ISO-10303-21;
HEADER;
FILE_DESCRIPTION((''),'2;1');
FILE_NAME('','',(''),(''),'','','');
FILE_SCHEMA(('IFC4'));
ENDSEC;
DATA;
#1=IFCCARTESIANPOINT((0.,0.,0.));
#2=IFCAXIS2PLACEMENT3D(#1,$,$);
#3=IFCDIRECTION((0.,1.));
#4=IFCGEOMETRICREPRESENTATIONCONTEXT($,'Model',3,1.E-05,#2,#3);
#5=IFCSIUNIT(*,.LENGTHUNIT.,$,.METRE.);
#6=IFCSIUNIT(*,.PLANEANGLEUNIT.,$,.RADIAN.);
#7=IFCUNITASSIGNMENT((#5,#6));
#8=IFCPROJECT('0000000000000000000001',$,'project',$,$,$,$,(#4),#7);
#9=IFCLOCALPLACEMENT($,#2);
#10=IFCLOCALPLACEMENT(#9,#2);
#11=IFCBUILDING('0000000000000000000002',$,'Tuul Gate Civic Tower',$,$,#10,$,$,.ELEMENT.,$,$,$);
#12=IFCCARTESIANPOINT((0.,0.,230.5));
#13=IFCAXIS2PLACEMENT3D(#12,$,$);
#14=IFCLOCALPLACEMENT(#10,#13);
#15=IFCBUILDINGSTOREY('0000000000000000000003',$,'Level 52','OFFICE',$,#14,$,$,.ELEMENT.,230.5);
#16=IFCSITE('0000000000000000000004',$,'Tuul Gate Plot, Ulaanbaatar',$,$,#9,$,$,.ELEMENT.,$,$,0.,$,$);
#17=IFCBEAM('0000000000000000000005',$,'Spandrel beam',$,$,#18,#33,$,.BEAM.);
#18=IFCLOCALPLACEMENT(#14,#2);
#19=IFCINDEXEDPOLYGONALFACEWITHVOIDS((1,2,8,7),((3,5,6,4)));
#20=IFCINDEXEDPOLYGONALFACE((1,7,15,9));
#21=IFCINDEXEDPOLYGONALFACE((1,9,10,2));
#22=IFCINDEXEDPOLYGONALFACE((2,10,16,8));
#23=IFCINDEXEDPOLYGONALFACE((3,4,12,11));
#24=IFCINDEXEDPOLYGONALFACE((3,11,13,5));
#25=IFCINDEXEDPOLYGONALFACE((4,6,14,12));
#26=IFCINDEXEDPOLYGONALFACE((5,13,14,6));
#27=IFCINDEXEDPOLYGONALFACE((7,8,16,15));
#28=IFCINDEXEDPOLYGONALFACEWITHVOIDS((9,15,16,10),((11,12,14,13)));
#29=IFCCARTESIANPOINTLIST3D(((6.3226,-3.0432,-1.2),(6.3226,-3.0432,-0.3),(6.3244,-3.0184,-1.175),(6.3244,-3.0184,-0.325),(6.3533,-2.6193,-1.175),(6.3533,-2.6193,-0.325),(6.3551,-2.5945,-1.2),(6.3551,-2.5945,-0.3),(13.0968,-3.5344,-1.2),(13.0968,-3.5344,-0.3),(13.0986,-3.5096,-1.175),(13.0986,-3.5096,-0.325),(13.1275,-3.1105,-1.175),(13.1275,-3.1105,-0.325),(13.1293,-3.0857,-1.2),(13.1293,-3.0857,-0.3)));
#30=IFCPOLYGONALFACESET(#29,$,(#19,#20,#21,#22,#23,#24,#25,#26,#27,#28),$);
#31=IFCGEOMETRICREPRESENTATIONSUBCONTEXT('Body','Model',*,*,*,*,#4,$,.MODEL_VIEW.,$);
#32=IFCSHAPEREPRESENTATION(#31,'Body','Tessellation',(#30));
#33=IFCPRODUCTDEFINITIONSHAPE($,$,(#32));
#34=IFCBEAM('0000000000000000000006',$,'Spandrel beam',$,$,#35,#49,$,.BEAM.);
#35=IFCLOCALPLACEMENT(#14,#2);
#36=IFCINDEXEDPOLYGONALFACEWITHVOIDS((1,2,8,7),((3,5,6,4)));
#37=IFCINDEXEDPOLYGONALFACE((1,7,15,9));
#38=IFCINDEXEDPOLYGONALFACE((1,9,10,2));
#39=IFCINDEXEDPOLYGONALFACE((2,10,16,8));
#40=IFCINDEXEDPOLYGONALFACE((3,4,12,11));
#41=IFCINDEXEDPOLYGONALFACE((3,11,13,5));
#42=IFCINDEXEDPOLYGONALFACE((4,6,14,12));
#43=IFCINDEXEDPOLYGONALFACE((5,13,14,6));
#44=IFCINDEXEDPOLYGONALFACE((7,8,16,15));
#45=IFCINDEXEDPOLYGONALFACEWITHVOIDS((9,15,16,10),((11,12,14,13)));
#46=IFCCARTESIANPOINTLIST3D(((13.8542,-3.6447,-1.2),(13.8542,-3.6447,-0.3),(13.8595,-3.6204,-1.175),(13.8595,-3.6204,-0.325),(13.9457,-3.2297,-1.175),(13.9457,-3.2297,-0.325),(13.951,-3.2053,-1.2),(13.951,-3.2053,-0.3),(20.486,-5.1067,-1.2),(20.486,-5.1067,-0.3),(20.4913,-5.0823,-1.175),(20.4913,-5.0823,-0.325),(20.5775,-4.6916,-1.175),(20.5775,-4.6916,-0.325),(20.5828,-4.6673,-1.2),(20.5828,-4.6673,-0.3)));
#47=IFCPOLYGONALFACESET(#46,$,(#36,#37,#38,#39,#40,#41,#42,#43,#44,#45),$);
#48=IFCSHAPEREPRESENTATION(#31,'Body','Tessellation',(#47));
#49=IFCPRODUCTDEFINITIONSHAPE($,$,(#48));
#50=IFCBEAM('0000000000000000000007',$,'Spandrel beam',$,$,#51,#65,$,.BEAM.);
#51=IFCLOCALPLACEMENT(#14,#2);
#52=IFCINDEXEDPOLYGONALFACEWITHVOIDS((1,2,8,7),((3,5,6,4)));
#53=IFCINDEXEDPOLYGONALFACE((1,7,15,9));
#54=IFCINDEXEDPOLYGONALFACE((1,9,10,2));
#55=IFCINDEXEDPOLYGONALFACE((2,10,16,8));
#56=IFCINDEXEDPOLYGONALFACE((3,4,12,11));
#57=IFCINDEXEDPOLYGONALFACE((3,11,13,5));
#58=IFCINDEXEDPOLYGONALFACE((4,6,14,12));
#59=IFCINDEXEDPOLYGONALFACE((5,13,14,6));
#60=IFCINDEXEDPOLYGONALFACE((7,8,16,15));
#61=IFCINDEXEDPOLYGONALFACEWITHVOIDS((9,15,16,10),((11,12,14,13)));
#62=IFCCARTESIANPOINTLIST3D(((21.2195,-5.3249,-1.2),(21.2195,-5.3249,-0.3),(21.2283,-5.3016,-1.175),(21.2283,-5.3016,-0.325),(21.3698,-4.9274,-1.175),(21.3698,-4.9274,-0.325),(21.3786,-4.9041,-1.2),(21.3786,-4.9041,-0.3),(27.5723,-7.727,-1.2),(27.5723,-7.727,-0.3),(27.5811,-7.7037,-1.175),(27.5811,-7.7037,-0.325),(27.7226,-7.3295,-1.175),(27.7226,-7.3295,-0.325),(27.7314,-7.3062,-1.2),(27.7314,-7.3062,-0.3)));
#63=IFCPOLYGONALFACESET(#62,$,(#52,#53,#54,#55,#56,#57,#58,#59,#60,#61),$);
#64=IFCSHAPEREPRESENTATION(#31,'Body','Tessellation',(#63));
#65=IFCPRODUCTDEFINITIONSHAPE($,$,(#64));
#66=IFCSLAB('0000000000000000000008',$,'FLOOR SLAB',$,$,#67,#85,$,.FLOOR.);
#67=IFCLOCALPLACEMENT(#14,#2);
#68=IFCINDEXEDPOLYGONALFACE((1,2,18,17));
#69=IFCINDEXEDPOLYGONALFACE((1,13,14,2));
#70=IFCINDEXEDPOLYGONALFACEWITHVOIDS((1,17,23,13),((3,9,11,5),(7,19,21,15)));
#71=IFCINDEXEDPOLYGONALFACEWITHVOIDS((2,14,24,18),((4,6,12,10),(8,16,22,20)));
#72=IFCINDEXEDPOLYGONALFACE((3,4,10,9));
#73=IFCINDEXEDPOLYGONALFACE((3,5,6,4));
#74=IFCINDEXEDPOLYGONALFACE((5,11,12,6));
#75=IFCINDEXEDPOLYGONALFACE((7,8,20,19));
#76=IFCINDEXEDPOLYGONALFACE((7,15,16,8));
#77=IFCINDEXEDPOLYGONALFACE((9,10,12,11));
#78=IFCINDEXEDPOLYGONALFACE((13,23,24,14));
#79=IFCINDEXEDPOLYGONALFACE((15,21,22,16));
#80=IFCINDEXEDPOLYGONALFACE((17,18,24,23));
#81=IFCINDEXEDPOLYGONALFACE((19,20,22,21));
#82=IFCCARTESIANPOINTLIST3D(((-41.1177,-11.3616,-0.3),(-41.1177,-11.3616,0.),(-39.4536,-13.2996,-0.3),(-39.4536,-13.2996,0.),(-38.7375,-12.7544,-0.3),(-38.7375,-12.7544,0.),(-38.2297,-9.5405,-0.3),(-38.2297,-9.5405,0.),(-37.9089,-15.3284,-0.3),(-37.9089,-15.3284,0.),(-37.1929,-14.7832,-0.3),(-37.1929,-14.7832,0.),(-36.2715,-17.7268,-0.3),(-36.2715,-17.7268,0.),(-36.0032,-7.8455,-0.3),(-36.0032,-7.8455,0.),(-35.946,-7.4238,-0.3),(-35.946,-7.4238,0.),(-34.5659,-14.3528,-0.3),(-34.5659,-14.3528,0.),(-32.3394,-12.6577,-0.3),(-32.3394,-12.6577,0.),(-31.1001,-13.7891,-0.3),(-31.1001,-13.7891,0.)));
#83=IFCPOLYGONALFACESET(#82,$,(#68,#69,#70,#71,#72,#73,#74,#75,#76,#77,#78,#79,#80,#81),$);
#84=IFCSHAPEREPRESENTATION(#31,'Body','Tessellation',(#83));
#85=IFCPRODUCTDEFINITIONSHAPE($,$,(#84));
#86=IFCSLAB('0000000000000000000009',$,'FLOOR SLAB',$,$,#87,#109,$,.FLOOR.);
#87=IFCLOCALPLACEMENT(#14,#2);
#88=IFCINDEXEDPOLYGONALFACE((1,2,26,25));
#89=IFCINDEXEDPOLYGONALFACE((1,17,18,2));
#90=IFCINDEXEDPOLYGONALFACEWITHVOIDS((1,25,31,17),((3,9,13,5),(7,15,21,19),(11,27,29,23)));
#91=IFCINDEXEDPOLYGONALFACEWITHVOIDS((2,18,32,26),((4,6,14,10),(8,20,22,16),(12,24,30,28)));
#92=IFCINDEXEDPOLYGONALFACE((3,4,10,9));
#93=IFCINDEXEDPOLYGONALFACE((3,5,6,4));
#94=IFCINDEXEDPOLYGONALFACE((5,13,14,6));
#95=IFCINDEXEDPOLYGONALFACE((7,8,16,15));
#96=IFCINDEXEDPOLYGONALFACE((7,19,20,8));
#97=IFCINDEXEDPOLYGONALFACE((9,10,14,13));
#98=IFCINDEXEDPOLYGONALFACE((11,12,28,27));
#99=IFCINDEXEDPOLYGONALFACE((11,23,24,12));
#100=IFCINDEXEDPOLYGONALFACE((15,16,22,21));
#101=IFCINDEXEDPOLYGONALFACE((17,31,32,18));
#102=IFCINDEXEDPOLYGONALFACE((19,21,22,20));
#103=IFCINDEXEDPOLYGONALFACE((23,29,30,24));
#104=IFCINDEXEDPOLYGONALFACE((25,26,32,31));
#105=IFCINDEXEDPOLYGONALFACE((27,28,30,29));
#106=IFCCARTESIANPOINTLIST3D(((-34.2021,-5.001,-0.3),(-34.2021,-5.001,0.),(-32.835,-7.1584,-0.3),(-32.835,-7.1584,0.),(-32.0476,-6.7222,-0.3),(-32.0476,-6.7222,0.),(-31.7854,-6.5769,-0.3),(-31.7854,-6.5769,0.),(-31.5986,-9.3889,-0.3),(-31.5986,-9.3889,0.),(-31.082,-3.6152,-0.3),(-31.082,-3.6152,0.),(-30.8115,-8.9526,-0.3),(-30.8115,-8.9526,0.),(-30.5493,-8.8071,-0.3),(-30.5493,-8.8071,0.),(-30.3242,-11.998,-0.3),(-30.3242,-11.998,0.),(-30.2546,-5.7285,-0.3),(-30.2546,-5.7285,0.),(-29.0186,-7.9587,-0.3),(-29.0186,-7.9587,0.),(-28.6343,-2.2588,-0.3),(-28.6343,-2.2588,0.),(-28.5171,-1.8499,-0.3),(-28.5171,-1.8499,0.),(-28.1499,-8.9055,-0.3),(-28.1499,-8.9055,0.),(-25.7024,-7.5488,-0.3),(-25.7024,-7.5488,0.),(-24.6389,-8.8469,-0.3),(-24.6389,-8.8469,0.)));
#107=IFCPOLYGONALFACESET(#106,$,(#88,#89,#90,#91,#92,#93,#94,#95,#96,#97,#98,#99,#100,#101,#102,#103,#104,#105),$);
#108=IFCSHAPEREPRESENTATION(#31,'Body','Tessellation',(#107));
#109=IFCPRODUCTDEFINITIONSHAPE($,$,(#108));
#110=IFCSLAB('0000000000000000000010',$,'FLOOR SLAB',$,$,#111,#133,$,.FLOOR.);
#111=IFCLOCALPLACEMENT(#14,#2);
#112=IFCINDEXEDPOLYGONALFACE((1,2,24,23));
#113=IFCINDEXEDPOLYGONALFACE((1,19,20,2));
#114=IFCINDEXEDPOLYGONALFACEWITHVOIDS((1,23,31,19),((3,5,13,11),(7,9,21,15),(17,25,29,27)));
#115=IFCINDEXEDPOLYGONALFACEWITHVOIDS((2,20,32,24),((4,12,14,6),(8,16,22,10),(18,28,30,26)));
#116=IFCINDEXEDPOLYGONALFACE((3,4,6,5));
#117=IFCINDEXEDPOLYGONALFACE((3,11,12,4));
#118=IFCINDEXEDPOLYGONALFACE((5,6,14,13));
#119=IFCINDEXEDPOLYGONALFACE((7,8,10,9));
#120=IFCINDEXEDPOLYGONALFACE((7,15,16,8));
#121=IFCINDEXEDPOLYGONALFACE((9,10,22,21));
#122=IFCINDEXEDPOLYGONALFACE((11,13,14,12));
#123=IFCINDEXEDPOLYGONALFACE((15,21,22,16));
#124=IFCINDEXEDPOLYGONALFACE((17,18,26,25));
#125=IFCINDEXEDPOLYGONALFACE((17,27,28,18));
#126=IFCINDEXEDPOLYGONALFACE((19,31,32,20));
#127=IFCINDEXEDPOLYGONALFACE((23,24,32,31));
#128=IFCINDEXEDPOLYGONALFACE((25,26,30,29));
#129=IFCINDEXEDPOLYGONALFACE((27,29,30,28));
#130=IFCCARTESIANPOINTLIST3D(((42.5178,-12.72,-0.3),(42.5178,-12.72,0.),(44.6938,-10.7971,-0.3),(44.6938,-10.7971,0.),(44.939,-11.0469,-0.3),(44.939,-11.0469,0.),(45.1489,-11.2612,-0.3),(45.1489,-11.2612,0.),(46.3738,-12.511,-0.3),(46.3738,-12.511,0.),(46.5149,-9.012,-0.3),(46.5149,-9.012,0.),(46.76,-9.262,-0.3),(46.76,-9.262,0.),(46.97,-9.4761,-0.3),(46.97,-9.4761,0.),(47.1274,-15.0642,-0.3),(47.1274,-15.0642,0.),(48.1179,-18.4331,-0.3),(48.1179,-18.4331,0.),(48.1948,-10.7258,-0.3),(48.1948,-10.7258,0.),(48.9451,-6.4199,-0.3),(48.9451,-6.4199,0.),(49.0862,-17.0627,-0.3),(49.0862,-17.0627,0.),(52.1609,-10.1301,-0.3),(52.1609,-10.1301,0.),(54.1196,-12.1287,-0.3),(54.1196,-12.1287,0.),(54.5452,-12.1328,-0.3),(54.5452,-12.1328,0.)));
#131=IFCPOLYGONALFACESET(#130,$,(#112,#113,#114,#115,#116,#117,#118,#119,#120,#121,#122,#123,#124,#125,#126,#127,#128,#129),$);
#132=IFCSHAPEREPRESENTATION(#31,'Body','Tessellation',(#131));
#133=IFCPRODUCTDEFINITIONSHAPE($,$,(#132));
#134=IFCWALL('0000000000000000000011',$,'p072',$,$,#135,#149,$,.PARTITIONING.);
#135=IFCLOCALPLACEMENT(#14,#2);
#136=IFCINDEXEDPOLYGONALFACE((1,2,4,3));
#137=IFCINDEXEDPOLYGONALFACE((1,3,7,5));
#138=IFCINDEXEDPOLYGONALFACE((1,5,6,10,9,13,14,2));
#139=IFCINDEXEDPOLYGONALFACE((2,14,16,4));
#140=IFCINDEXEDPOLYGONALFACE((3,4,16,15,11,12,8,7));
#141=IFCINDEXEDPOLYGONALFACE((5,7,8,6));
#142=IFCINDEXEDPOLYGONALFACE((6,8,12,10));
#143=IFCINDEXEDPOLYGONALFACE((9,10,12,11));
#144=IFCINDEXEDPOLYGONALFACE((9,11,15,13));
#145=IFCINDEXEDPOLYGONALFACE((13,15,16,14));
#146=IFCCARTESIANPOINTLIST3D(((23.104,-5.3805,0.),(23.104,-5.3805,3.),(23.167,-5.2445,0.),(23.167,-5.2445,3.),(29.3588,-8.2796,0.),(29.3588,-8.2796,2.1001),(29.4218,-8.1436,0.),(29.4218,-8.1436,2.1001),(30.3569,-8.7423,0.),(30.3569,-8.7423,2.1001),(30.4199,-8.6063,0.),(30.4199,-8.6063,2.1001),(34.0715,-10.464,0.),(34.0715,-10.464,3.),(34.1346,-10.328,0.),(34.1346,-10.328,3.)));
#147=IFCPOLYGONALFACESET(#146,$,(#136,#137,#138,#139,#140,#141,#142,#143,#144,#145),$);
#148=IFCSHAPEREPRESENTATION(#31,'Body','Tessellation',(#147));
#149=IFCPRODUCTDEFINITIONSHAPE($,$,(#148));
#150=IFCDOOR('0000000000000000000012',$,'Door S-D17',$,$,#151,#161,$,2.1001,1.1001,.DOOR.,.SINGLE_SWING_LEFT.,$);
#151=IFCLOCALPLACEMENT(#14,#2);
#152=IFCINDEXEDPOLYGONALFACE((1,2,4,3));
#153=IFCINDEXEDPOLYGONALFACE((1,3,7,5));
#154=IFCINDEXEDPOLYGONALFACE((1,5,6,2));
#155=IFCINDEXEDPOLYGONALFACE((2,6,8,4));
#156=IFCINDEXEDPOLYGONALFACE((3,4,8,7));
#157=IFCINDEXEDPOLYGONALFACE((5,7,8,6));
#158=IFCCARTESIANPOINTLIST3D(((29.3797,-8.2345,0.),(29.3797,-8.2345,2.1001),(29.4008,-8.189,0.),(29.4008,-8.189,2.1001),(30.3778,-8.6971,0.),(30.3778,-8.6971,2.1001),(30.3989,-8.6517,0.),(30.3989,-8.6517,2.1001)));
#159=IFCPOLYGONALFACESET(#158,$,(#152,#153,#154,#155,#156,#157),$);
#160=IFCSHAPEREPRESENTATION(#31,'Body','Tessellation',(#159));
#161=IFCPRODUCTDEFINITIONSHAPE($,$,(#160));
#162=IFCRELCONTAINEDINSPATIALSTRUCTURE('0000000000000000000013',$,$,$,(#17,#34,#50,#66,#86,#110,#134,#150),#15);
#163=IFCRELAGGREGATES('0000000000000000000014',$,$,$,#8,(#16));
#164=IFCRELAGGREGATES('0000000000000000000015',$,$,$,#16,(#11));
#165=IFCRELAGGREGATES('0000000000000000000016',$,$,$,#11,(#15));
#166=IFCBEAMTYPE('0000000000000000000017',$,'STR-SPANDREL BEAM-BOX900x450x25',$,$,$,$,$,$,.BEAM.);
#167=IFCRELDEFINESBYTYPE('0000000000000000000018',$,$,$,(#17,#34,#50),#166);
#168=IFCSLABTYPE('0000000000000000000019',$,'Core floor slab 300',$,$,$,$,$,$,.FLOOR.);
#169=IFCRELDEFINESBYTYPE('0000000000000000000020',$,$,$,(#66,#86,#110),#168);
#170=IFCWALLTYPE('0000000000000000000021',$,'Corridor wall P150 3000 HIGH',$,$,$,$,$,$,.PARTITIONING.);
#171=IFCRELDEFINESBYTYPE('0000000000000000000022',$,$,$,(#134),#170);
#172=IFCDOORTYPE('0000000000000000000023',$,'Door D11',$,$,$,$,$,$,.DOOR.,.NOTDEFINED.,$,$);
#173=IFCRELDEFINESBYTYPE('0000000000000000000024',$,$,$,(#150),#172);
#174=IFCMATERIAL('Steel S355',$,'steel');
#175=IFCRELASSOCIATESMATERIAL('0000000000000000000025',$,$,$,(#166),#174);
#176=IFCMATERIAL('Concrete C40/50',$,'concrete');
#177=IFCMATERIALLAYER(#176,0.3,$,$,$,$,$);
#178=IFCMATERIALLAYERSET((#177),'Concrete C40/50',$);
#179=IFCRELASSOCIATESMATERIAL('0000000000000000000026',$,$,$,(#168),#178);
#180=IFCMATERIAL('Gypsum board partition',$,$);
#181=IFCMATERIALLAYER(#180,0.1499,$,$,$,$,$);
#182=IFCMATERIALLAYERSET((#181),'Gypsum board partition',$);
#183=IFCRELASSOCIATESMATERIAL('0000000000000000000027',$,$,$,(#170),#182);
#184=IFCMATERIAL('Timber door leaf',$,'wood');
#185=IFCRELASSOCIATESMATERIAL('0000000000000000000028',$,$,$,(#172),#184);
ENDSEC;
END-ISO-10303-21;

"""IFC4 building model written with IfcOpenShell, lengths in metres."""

from ifc_helpers import new_model, si_unit, direction, frame, frame_2d, origin, origin_2d, place, context, subcontext, project, spatial, polyline, rectangle, hollow_rectangle, outline, extrude, material, layer, layer_set, material_profile, profile_set, type_object, element, fill, save


model = new_model("IFC4")

# Units and contexts
model_context = context("Model", 3, precision=1e-05, world=origin(), true_north=direction((0.0, 1.0)))
body_context = subcontext(model_context, "Body", "Model", "MODEL_VIEW")
ifc_project = project(units=[si_unit("LENGTHUNIT", "METRE"), si_unit("PLANEANGLEUNIT", "RADIAN")], contexts=[model_context])

# Site, building, storey
site_placement = place(None, origin())
site = spatial("IfcSite", under=ifc_project, at=site_placement, Name="Tuul Gate Plot, Ulaanbaatar", CompositionType="ELEMENT", RefElevation=0.0)
building_placement = place(site_placement, origin())
building = spatial("IfcBuilding", under=site, at=building_placement, Name="Tuul Gate Civic Tower", CompositionType="ELEMENT")
storey_placement = place(building_placement, frame((0.0, 0.0, 230.5)))
storey = spatial("IfcBuildingStorey", under=building, at=storey_placement, Name="Level 52", Description="OFFICE", CompositionType="ELEMENT", Elevation=230.5)

# Beams
ifc_material_1 = material(Name="Steel S355", Category="steel")
ifc_material_profile_1 = material_profile(ifc_material_1, hollow_rectangle(XDim=0.45, YDim=0.8999, WallThickness=0.0249, at=origin_2d()), Name="BOX900x450x25")
ifc_profile_set_1 = profile_set([ifc_material_profile_1], Name="Steel S355")
beam_type_1 = type_object("IfcBeamType", Name="STR-SPANDREL BEAM-BOX900x450x25", PredefinedType="BEAM", material=ifc_profile_set_1)
beam_1_placement = place(storey_placement, frame((6.3389, -2.8188, -0.75), z_axis=(0.997381, -0.072322, 0.0), x_axis=(0.072322, 0.997381, 0.0)))
element("IfcBeam", 1, at=beam_1_placement, inside=storey, type_object=beam_type_1, Name="Spandrel beam", PredefinedType="BEAM", context=body_context, shape_type="SweptSolid", body=[
    extrude(hollow_rectangle(XDim=0.45, YDim=0.8999, WallThickness=0.0249, at=origin_2d()), origin(), (0.0, 0.0, 1.0), 6.792),
])
beam_2_placement = place(storey_placement, frame((13.9026, -3.425, -0.75), z_axis=(0.976554, -0.215271, 0.0), x_axis=(0.215271, 0.976554, 0.0)))
element("IfcBeam", 2, at=beam_2_placement, inside=storey, type_object=beam_type_1, Name="Spandrel beam", PredefinedType="BEAM", context=body_context, shape_type="SweptSolid", body=[
    extrude(hollow_rectangle(XDim=0.45, YDim=0.8999, WallThickness=0.0249, at=origin_2d()), origin(), (0.0, 0.0, 1.0), 6.791),
])
beam_3_placement = place(storey_placement, frame((21.2991, -5.1145, -0.75), z_axis=(0.935367, -0.353679, 0.0), x_axis=(0.353679, 0.935367, 0.0)))
element("IfcBeam", 3, at=beam_3_placement, inside=storey, type_object=beam_type_1, Name="Spandrel beam", PredefinedType="BEAM", context=body_context, shape_type="SweptSolid", body=[
    extrude(hollow_rectangle(XDim=0.45, YDim=0.8999, WallThickness=0.0249, at=origin_2d()), origin(), (0.0, 0.0, 1.0), 6.7917),
])

# Slabs
ifc_material_2 = material(Name="Concrete C40/50", Category="concrete")
ifc_layer_1 = layer(ifc_material_2, 0.3)
ifc_layer_set_1 = layer_set([ifc_layer_1], Name="Concrete C40/50")
slab_type = type_object("IfcSlabType", Name="Core floor slab 300", PredefinedType="FLOOR", material=ifc_layer_set_1)
slab_1_placement = place(storey_placement, frame((0.0, 0.0, -0.3)))
element("IfcSlab", 4, at=slab_1_placement, inside=storey, type_object=slab_type, Name="FLOOR SLAB", PredefinedType="FLOOR", context=body_context, shape_type="SweptSolid", body=[
    extrude(outline(polyline([(-31.1001, -13.7891), (-35.946, -7.4238), (-41.1177, -11.3616), (-36.2715, -17.7268), (-31.1001, -13.7891)]), holes=[polyline([(-37.1929, -14.7832), (-38.7375, -12.7544), (-39.4536, -13.2996), (-37.9089, -15.3284), (-37.1929, -14.7832)]), polyline([(-32.3394, -12.6577), (-34.5659, -14.3528), (-38.2297, -9.5405), (-36.0032, -7.8455), (-32.3394, -12.6577)])]), origin(), (0.0, 0.0, 1.0), 0.3),
])
slab_2_placement = place(storey_placement, frame((0.0, 0.0, -0.3)))
element("IfcSlab", 5, at=slab_2_placement, inside=storey, type_object=slab_type, Name="FLOOR SLAB", PredefinedType="FLOOR", context=body_context, shape_type="SweptSolid", body=[
    extrude(outline(polyline([(-24.6389, -8.8469), (-28.5171, -1.8499), (-34.2021, -5.001), (-30.3242, -11.998), (-24.6389, -8.8469)]), holes=[polyline([(-29.0186, -7.9587), (-30.2546, -5.7285), (-31.7854, -6.5769), (-30.5493, -8.8071), (-29.0186, -7.9587)]), polyline([(-30.8115, -8.9526), (-32.0476, -6.7222), (-32.835, -7.1584), (-31.5986, -9.3889), (-30.8115, -8.9526)]), polyline([(-25.7024, -7.5488), (-28.1499, -8.9055), (-31.082, -3.6152), (-28.6343, -2.2588), (-25.7024, -7.5488)])]), origin(), (0.0, 0.0, 1.0), 0.3),
])
slab_3_placement = place(storey_placement, frame((0.0, 0.0, -0.3)))
element("IfcSlab", 6, at=slab_3_placement, inside=storey, type_object=slab_type, Name="FLOOR SLAB", PredefinedType="FLOOR", context=body_context, shape_type="SweptSolid", body=[
    extrude(outline(polyline([(48.1179, -18.4331), (54.5452, -12.1328), (48.9451, -6.4199), (42.5178, -12.72), (48.1179, -18.4331)]), holes=[polyline([(46.3738, -12.511), (48.1948, -10.7258), (46.97, -9.4761), (45.1489, -11.2612), (46.3738, -12.511)]), polyline([(44.939, -11.0469), (46.76, -9.262), (46.5149, -9.012), (44.6938, -10.7971), (44.939, -11.0469)]), polyline([(49.0862, -17.0627), (47.1274, -15.0642), (52.1609, -10.1301), (54.1196, -12.1287), (49.0862, -17.0627)])]), origin(), (0.0, 0.0, 1.0), 0.3),
])

# Wall, opening, door
ifc_material_3 = material(Name="Gypsum board partition")
ifc_layer_2 = layer(ifc_material_3, 0.1499)
ifc_layer_set_2 = layer_set([ifc_layer_2], Name="Gypsum board partition")
wall_type_1 = type_object("IfcWallType", Name="Corridor wall P150 3000 HIGH", PredefinedType="PARTITIONING", material=ifc_layer_set_2)
wall_1_placement = place(storey_placement, frame((23.1355, -5.3125, 0.0), z_axis=(0.0, 0.0, 1.0), x_axis=(0.90728, -0.420528, 0.0)))
wall_1 = element("IfcWall", 7, at=wall_1_placement, inside=storey, type_object=wall_type_1, Name="p072", PredefinedType="PARTITIONING", context=body_context, shape_type="SweptSolid", body=[
    extrude(rectangle(XDim=12.0884, YDim=0.1499, at=frame_2d((6.0442, 0.0))), origin(), (0.0, 0.0, 1.0), 3.0),
])
opening_1_placement = place(wall_1_placement, frame((6.894, 0.0, 0.0)))
opening_1 = element("IfcOpeningElement", 8, at=opening_1_placement, cuts=wall_1, PredefinedType="OPENING", context=body_context, shape_type="SweptSolid", body=[
    extrude(rectangle(XDim=1.1001, YDim=2.1001, at=frame_2d((0.55, 1.05))), frame((0.0, 0.085, 0.0), z_axis=(0.0, -1.0, 0.0), x_axis=(1.0, 0.0, 0.0)), (0.0, 0.0, 1.0), 0.1699),
])
ifc_material_4 = material(Name="Timber door leaf", Category="wood")
door_type = type_object("IfcDoorType", Name="Door D11", OperationType="NOTDEFINED", PredefinedType="DOOR", material=ifc_material_4)
door_placement = place(opening_1_placement, origin())
door = element("IfcDoor", 9, at=door_placement, inside=storey, type_object=door_type, Name="Door S-D17", OperationType="SINGLE_SWING_LEFT", OverallHeight=2.1001, OverallWidth=1.1001, PredefinedType="DOOR", context=body_context, shape_type="SweptSolid", body=[
    extrude(rectangle(XDim=1.1001, YDim=2.1001, at=frame_2d((0.55, 1.05))), frame((0.0, 0.0249, 0.0), z_axis=(0.0, -1.0, 0.0), x_axis=(1.0, 0.0, 0.0)), (0.0, 0.0, 1.0), 0.05),
])
fill(opening_1, door)

save(model, "model.ifc")
